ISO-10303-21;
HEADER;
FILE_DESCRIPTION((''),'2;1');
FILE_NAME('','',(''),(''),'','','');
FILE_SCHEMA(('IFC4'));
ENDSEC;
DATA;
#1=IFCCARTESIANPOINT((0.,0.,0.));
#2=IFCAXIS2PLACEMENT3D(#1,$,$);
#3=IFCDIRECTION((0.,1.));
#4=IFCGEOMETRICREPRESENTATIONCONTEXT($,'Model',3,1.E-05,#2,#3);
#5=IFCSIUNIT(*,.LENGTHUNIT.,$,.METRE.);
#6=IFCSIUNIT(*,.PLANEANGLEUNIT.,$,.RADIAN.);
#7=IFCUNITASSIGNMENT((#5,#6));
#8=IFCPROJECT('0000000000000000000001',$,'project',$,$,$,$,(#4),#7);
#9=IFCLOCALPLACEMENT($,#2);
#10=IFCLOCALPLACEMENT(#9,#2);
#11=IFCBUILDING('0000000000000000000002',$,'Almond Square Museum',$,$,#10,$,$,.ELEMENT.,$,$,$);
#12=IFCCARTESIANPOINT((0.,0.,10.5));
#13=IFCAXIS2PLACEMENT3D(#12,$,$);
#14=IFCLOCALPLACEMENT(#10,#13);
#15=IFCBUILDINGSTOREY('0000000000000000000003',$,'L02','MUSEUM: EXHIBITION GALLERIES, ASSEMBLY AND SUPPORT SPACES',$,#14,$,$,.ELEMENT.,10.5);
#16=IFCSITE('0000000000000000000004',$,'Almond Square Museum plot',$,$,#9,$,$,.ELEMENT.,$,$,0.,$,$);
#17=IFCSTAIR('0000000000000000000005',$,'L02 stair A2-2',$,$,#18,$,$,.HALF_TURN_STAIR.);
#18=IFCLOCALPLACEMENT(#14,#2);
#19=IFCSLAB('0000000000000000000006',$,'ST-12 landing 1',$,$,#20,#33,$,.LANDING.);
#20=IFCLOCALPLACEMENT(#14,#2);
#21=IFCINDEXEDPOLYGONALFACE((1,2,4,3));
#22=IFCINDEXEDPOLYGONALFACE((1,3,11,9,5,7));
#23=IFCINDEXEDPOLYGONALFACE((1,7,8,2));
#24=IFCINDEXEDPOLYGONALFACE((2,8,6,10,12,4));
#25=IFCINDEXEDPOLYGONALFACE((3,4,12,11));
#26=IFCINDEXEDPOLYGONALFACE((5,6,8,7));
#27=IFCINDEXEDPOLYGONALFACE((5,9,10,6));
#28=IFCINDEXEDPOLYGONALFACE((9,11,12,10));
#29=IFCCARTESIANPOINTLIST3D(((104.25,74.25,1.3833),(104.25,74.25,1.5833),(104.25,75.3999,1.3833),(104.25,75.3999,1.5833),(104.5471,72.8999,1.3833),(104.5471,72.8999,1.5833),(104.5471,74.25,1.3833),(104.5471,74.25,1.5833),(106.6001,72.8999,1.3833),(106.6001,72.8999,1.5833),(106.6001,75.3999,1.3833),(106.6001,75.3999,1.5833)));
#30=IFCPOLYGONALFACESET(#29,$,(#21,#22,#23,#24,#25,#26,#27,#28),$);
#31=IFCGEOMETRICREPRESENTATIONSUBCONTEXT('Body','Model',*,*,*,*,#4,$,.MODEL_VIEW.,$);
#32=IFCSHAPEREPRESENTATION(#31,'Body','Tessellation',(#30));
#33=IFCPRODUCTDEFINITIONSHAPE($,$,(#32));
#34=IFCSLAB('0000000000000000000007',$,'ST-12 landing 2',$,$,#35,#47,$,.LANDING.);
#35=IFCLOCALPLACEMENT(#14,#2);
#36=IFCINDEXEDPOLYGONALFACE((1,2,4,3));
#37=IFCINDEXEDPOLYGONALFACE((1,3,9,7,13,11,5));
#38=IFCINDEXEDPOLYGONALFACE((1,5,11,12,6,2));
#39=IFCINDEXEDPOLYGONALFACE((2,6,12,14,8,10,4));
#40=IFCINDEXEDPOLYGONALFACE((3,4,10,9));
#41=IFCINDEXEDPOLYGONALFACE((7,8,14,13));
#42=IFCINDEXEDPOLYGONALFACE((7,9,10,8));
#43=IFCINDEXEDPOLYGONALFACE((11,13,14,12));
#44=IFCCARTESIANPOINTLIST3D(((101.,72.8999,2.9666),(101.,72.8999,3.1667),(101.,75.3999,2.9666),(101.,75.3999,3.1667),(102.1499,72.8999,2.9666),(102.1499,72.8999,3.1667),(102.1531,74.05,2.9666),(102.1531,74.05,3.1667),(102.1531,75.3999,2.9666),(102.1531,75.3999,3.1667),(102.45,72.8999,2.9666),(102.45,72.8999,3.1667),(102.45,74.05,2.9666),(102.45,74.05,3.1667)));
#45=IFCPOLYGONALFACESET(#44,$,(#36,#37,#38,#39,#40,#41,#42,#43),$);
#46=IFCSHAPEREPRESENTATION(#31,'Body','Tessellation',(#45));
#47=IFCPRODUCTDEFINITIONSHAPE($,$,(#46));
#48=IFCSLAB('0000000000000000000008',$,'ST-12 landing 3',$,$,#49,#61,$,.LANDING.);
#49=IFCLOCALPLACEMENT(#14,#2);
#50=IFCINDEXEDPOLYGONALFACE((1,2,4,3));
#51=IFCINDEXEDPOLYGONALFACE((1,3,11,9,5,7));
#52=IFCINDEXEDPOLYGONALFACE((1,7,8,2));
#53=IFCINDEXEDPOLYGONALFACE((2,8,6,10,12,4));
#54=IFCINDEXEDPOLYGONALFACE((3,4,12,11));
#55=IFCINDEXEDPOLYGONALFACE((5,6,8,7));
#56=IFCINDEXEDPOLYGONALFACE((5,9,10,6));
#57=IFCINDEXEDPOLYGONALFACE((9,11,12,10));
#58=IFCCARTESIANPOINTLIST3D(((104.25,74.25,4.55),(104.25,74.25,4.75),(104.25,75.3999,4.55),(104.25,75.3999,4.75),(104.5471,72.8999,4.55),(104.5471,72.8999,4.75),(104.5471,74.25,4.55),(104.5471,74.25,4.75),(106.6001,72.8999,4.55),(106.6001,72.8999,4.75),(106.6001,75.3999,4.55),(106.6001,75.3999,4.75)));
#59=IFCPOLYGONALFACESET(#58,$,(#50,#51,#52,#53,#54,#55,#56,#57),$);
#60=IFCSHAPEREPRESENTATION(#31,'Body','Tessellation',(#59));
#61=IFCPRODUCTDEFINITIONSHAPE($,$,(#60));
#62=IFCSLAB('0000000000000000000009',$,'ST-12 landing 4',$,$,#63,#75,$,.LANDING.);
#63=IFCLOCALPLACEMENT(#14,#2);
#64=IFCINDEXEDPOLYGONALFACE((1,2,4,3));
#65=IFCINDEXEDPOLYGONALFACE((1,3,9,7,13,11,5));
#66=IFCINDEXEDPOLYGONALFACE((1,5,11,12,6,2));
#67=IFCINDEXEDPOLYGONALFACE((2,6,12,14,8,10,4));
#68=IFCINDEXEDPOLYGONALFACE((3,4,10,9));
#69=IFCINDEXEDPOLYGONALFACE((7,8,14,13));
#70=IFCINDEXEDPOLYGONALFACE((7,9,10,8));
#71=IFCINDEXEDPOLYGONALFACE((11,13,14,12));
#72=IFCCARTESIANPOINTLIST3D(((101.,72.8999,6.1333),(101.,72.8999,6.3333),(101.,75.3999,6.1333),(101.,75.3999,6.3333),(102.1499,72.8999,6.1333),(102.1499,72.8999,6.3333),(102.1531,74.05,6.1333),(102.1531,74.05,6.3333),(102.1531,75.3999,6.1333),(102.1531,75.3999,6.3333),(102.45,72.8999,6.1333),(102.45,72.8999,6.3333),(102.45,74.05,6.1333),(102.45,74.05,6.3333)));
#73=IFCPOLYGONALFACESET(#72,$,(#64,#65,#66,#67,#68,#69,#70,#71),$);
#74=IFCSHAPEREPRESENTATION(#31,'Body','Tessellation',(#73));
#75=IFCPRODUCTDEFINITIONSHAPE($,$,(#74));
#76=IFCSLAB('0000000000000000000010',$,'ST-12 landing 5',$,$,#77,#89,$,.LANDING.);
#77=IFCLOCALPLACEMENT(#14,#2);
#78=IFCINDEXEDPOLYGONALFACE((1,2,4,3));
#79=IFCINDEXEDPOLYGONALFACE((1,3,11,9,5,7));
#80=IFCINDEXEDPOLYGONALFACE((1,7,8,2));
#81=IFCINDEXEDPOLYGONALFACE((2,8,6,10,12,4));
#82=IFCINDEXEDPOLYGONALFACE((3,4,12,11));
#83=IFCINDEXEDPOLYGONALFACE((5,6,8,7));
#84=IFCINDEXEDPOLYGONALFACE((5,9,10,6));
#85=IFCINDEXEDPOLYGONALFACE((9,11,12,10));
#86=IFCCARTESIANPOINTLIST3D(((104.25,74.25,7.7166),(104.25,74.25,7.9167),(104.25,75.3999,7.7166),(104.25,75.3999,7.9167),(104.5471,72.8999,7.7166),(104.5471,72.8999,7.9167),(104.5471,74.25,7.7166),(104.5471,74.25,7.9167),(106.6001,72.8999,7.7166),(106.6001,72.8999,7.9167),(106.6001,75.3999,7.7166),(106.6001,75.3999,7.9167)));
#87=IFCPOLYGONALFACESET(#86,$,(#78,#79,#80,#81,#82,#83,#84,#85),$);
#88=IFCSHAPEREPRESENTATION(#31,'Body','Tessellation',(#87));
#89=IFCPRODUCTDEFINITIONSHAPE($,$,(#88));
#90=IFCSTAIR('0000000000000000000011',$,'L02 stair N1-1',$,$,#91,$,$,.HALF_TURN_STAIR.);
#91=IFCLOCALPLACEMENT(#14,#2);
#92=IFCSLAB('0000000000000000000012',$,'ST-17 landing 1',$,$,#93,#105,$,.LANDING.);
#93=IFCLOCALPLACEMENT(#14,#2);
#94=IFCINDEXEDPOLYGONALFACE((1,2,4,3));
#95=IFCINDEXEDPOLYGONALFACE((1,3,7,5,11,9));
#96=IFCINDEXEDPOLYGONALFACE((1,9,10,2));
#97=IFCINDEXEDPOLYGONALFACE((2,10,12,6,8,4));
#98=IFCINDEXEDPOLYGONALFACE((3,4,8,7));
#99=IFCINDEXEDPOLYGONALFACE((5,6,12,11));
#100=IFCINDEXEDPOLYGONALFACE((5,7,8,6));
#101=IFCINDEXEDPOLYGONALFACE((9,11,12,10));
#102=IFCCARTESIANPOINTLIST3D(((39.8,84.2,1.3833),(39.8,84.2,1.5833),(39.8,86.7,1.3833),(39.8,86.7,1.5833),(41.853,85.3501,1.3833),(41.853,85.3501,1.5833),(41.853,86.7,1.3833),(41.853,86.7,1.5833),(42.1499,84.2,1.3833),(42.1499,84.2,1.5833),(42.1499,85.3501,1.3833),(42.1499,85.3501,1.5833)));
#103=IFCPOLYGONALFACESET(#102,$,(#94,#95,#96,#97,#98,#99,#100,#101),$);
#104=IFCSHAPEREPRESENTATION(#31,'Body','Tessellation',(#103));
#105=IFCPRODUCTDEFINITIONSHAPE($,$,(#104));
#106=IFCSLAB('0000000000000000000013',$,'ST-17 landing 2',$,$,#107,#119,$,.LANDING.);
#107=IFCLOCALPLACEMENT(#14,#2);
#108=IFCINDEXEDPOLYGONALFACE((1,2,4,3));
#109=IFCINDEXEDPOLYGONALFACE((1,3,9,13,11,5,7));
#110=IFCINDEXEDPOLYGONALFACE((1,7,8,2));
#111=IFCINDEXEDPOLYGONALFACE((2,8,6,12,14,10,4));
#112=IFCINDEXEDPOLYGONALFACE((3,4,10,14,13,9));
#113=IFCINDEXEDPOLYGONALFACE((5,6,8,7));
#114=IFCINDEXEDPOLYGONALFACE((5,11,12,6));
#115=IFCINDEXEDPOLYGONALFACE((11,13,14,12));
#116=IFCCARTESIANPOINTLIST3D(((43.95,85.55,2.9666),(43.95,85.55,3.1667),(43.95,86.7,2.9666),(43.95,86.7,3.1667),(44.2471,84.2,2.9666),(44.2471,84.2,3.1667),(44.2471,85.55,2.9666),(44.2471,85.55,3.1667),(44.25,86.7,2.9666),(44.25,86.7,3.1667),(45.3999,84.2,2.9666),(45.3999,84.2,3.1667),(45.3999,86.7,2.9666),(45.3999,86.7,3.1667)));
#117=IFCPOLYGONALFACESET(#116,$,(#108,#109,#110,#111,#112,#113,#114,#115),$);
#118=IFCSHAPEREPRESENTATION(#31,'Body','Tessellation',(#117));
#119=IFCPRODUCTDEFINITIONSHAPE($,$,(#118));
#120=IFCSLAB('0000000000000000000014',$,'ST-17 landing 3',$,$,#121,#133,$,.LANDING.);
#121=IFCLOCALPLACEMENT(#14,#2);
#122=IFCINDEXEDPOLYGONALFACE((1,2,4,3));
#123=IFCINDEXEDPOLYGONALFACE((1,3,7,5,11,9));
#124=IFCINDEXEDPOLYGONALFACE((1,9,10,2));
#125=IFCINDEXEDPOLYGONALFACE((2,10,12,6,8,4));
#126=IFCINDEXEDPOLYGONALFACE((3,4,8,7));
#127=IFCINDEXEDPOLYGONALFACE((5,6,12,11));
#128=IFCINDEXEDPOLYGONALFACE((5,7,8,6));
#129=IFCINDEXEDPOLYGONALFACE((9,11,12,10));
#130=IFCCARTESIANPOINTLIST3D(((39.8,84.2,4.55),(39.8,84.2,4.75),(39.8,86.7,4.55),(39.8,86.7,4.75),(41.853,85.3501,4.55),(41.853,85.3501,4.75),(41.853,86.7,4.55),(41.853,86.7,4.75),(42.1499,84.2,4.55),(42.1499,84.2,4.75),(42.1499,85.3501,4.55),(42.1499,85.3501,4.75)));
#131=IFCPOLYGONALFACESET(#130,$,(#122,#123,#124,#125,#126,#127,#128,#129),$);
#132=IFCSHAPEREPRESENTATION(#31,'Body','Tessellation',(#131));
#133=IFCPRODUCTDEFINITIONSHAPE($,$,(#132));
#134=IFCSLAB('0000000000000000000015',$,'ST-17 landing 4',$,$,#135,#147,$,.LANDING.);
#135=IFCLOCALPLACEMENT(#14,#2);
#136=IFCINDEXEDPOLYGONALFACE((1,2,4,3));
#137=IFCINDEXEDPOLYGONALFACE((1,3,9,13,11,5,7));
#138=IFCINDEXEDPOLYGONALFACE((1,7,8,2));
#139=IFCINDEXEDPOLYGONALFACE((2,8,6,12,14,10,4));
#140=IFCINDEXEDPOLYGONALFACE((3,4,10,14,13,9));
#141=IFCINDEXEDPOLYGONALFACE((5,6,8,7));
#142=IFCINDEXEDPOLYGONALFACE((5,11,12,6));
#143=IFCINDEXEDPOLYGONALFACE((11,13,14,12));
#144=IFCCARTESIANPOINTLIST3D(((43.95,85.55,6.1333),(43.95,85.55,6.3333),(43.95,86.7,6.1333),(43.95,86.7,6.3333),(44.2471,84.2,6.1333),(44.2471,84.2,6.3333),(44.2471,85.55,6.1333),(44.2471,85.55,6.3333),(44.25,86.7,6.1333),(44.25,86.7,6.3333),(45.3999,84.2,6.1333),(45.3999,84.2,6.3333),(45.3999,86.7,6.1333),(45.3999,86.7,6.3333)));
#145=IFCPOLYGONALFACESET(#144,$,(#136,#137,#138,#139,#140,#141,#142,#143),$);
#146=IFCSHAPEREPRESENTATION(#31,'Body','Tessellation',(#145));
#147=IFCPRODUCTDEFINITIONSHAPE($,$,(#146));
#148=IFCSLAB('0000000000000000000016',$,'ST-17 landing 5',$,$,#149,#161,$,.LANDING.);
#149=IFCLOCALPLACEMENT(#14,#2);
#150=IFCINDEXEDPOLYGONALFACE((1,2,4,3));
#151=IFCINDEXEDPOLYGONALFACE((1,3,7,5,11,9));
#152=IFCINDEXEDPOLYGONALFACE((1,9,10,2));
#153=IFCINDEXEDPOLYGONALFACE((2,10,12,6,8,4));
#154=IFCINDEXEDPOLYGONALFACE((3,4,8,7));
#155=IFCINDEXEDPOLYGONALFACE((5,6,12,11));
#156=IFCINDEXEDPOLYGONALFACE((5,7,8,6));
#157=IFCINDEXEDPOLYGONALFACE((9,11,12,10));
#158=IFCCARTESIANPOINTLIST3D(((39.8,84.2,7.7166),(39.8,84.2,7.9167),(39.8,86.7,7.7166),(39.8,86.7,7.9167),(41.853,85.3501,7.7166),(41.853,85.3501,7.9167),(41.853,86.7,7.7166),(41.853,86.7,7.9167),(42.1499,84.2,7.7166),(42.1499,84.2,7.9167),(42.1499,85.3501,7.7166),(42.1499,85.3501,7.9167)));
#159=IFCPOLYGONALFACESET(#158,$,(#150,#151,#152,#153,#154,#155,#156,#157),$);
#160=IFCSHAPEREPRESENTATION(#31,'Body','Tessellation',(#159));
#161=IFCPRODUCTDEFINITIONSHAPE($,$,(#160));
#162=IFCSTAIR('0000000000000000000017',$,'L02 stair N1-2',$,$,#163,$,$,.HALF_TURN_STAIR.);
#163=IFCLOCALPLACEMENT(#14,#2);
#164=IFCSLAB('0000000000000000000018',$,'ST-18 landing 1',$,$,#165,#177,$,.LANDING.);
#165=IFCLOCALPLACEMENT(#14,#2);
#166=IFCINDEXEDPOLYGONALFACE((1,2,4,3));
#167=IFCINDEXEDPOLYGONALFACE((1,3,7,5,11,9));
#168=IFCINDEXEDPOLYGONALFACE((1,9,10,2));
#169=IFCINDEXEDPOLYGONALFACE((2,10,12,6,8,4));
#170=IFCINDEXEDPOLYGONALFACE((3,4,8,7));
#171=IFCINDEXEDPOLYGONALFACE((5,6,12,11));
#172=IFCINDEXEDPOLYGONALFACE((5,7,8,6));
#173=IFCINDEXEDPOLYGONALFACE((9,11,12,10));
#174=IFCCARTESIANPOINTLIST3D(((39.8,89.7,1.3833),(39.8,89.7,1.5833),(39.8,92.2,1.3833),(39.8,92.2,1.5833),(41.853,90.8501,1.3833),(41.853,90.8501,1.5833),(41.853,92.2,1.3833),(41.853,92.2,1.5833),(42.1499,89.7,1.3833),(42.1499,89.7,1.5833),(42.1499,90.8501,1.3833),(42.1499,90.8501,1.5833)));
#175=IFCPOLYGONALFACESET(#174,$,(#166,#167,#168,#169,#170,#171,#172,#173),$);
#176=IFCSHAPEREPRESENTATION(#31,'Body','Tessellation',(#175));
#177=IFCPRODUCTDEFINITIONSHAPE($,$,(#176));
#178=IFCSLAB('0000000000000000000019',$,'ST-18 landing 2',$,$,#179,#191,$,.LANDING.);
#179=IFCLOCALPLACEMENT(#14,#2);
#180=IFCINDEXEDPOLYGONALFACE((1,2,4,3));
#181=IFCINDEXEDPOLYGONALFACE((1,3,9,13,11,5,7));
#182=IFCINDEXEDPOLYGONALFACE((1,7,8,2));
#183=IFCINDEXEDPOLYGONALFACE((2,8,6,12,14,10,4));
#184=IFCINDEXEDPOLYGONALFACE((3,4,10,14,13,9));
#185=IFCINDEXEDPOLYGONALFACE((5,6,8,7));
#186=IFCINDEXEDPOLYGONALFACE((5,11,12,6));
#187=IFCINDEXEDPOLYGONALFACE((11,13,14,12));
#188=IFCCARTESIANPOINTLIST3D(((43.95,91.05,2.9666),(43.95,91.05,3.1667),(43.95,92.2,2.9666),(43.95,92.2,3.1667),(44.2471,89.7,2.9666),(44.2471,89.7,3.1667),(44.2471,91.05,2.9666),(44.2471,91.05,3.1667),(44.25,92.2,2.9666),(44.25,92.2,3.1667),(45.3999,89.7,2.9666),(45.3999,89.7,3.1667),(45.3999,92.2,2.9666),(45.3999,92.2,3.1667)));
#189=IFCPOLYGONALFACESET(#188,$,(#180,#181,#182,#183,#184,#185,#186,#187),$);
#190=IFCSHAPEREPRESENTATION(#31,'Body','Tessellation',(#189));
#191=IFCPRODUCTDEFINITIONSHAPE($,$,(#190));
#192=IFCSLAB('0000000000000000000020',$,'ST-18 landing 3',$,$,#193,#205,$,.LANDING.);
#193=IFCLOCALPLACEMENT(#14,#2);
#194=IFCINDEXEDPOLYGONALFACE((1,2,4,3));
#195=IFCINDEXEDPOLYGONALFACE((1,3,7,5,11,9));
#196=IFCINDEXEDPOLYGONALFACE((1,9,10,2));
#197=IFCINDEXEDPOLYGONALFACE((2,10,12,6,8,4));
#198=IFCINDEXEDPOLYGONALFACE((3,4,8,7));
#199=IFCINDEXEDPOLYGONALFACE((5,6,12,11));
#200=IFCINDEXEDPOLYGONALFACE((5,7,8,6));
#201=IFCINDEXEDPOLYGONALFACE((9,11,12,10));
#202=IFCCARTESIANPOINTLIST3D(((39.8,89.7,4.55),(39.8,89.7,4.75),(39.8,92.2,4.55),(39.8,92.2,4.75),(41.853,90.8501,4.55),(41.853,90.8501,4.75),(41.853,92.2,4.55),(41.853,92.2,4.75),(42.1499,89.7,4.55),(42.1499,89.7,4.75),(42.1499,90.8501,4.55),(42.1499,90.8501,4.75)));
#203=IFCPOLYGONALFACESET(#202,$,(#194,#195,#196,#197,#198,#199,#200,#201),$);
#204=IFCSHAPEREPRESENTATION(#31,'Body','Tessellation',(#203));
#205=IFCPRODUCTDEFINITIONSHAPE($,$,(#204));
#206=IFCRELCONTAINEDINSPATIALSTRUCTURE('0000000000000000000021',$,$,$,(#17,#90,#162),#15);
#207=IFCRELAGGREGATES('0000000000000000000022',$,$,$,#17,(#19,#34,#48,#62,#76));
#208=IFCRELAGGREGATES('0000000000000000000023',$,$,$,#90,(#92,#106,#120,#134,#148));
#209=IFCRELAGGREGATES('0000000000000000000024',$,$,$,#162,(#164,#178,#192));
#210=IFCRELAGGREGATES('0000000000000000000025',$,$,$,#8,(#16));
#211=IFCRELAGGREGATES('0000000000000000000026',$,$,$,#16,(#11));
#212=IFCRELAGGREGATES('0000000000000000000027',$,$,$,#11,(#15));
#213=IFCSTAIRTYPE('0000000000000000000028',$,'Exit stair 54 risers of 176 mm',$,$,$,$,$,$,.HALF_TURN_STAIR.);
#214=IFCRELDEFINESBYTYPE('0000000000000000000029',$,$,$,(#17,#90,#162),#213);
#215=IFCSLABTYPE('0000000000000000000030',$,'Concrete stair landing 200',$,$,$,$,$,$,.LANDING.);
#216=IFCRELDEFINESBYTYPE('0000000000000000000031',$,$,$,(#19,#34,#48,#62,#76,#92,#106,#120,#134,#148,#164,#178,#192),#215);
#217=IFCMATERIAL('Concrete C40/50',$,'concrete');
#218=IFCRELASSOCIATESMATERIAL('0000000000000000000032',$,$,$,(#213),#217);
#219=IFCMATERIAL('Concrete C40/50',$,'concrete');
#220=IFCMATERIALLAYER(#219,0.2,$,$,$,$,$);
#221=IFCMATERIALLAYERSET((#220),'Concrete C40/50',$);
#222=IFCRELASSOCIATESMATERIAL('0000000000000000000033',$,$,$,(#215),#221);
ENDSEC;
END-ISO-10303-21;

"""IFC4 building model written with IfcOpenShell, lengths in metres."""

from ifc_helpers import new_model, si_unit, direction, frame, origin, place, context, subcontext, project, spatial, polyline, outline, extrude, material, layer, layer_set, type_object, element, aggregate, save


model = new_model("IFC4")

# Units and contexts
model_context = context("Model", 3, precision=1e-05, world=origin(), true_north=direction((0.0, 1.0)))
body_context = subcontext(model_context, "Body", "Model", "MODEL_VIEW")
ifc_project = project(units=[si_unit("LENGTHUNIT", "METRE"), si_unit("PLANEANGLEUNIT", "RADIAN")], contexts=[model_context])

# Site, building, storey
site_placement = place(None, origin())
site = spatial("IfcSite", under=ifc_project, at=site_placement, Name="Almond Square Museum plot", CompositionType="ELEMENT", RefElevation=0.0)
building_placement = place(site_placement, origin())
building = spatial("IfcBuilding", under=site, at=building_placement, Name="Almond Square Museum", CompositionType="ELEMENT")
storey_placement = place(building_placement, frame((0.0, 0.0, 10.5)))
storey = spatial("IfcBuildingStorey", under=building, at=storey_placement, Name="L02", Description="MUSEUM: EXHIBITION GALLERIES, ASSEMBLY AND SUPPORT SPACES", CompositionType="ELEMENT", Elevation=10.5)

# Stairs, slabs
ifc_material_1 = material(Name="Concrete C40/50", Category="concrete")
stair_type = type_object("IfcStairType", Name="Exit stair 54 risers of 176 mm", PredefinedType="HALF_TURN_STAIR", material=ifc_material_1)
stair_1_placement = place(storey_placement, origin())
stair_1 = element("IfcStair", 1, at=stair_1_placement, inside=storey, type_object=stair_type, Name="L02 stair A2-2", PredefinedType="HALF_TURN_STAIR")
ifc_material_2 = material(Name="Concrete C40/50", Category="concrete")
ifc_layer = layer(ifc_material_2, 0.2)
ifc_layer_set = layer_set([ifc_layer], Name="Concrete C40/50")
slab_type = type_object("IfcSlabType", Name="Concrete stair landing 200", PredefinedType="LANDING", material=ifc_layer_set)
slab_1_placement = place(storey_placement, frame((0.0, 0.0, 1.3833)))
slab_1 = element("IfcSlab", 2, at=slab_1_placement, type_object=slab_type, Name="ST-12 landing 1", PredefinedType="LANDING", context=body_context, shape_type="SweptSolid", body=[
    extrude(outline(polyline([(104.5471, 72.8999), (106.6001, 72.8999), (106.6001, 75.3999), (104.25, 75.3999), (104.25, 74.25), (104.5471, 74.25), (104.5471, 72.8999)])), origin(), (0.0, 0.0, 1.0), 0.2),
])
slab_2_placement = place(storey_placement, frame((0.0, 0.0, 2.9666)))
slab_2 = element("IfcSlab", 3, at=slab_2_placement, type_object=slab_type, Name="ST-12 landing 2", PredefinedType="LANDING", context=body_context, shape_type="SweptSolid", body=[
    extrude(outline(polyline([(101.0, 72.8999), (102.1499, 72.8999), (102.45, 72.8999), (102.45, 74.05), (102.1531, 74.05), (102.1531, 75.3999), (101.0, 75.3999), (101.0, 72.8999)])), origin(), (0.0, 0.0, 1.0), 0.2002),
])
slab_3_placement = place(storey_placement, frame((0.0, 0.0, 4.55)))
slab_3 = element("IfcSlab", 4, at=slab_3_placement, type_object=slab_type, Name="ST-12 landing 3", PredefinedType="LANDING", context=body_context, shape_type="SweptSolid", body=[
    extrude(outline(polyline([(104.5471, 72.8999), (106.6001, 72.8999), (106.6001, 75.3999), (104.25, 75.3999), (104.25, 74.25), (104.5471, 74.25), (104.5471, 72.8999)])), origin(), (0.0, 0.0, 1.0), 0.2),
])
slab_4_placement = place(storey_placement, frame((0.0, 0.0, 6.1333)))
slab_4 = element("IfcSlab", 5, at=slab_4_placement, type_object=slab_type, Name="ST-12 landing 4", PredefinedType="LANDING", context=body_context, shape_type="SweptSolid", body=[
    extrude(outline(polyline([(101.0, 72.8999), (102.1499, 72.8999), (102.45, 72.8999), (102.45, 74.05), (102.1531, 74.05), (102.1531, 75.3999), (101.0, 75.3999), (101.0, 72.8999)])), origin(), (0.0, 0.0, 1.0), 0.2),
])
slab_5_placement = place(storey_placement, frame((0.0, 0.0, 7.7166)))
slab_5 = element("IfcSlab", 6, at=slab_5_placement, type_object=slab_type, Name="ST-12 landing 5", PredefinedType="LANDING", context=body_context, shape_type="SweptSolid", body=[
    extrude(outline(polyline([(104.5471, 72.8999), (106.6001, 72.8999), (106.6001, 75.3999), (104.25, 75.3999), (104.25, 74.25), (104.5471, 74.25), (104.5471, 72.8999)])), origin(), (0.0, 0.0, 1.0), 0.2002),
])
aggregate(stair_1, [slab_1, slab_2, slab_3, slab_4, slab_5])
stair_2_placement = place(storey_placement, origin())
stair_2 = element("IfcStair", 7, at=stair_2_placement, inside=storey, type_object=stair_type, Name="L02 stair N1-1", PredefinedType="HALF_TURN_STAIR")
slab_6_placement = place(storey_placement, frame((0.0, 0.0, 1.3833)))
slab_6 = element("IfcSlab", 8, at=slab_6_placement, type_object=slab_type, Name="ST-17 landing 1", PredefinedType="LANDING", context=body_context, shape_type="SweptSolid", body=[
    extrude(outline(polyline([(41.853, 86.7), (39.8, 86.7), (39.8, 84.2), (42.1499, 84.2), (42.1499, 85.3501), (41.853, 85.3501), (41.853, 86.7)])), origin(), (0.0, 0.0, 1.0), 0.2),
])
slab_7_placement = place(storey_placement, frame((0.0, 0.0, 2.9666)))
slab_7 = element("IfcSlab", 9, at=slab_7_placement, type_object=slab_type, Name="ST-17 landing 2", PredefinedType="LANDING", context=body_context, shape_type="SweptSolid", body=[
    extrude(outline(polyline([(45.3999, 86.7), (44.25, 86.7), (43.95, 86.7), (43.95, 85.55), (44.2471, 85.55), (44.2471, 84.2), (45.3999, 84.2), (45.3999, 86.7)])), origin(), (0.0, 0.0, 1.0), 0.2002),
])
slab_8_placement = place(storey_placement, frame((0.0, 0.0, 4.55)))
slab_8 = element("IfcSlab", 10, at=slab_8_placement, type_object=slab_type, Name="ST-17 landing 3", PredefinedType="LANDING", context=body_context, shape_type="SweptSolid", body=[
    extrude(outline(polyline([(41.853, 86.7), (39.8, 86.7), (39.8, 84.2), (42.1499, 84.2), (42.1499, 85.3501), (41.853, 85.3501), (41.853, 86.7)])), origin(), (0.0, 0.0, 1.0), 0.2),
])
slab_9_placement = place(storey_placement, frame((0.0, 0.0, 6.1333)))
slab_9 = element("IfcSlab", 11, at=slab_9_placement, type_object=slab_type, Name="ST-17 landing 4", PredefinedType="LANDING", context=body_context, shape_type="SweptSolid", body=[
    extrude(outline(polyline([(45.3999, 86.7), (44.25, 86.7), (43.95, 86.7), (43.95, 85.55), (44.2471, 85.55), (44.2471, 84.2), (45.3999, 84.2), (45.3999, 86.7)])), origin(), (0.0, 0.0, 1.0), 0.2),
])
slab_10_placement = place(storey_placement, frame((0.0, 0.0, 7.7166)))
slab_10 = element("IfcSlab", 12, at=slab_10_placement, type_object=slab_type, Name="ST-17 landing 5", PredefinedType="LANDING", context=body_context, shape_type="SweptSolid", body=[
    extrude(outline(polyline([(41.853, 86.7), (39.8, 86.7), (39.8, 84.2), (42.1499, 84.2), (42.1499, 85.3501), (41.853, 85.3501), (41.853, 86.7)])), origin(), (0.0, 0.0, 1.0), 0.2002),
])
aggregate(stair_2, [slab_6, slab_7, slab_8, slab_9, slab_10])
stair_3_placement = place(storey_placement, origin())
stair_3 = element("IfcStair", 13, at=stair_3_placement, inside=storey, type_object=stair_type, Name="L02 stair N1-2", PredefinedType="HALF_TURN_STAIR")
slab_11_placement = place(storey_placement, frame((0.0, 0.0, 1.3833)))
slab_11 = element("IfcSlab", 14, at=slab_11_placement, type_object=slab_type, Name="ST-18 landing 1", PredefinedType="LANDING", context=body_context, shape_type="SweptSolid", body=[
    extrude(outline(polyline([(41.853, 92.2), (39.8, 92.2), (39.8, 89.7), (42.1499, 89.7), (42.1499, 90.8501), (41.853, 90.8501), (41.853, 92.2)])), origin(), (0.0, 0.0, 1.0), 0.2),
])
slab_12_placement = place(storey_placement, frame((0.0, 0.0, 2.9666)))
slab_12 = element("IfcSlab", 15, at=slab_12_placement, type_object=slab_type, Name="ST-18 landing 2", PredefinedType="LANDING", context=body_context, shape_type="SweptSolid", body=[
    extrude(outline(polyline([(45.3999, 92.2), (44.25, 92.2), (43.95, 92.2), (43.95, 91.05), (44.2471, 91.05), (44.2471, 89.7), (45.3999, 89.7), (45.3999, 92.2)])), origin(), (0.0, 0.0, 1.0), 0.2002),
])
slab_13_placement = place(storey_placement, frame((0.0, 0.0, 4.55)))
slab_13 = element("IfcSlab", 16, at=slab_13_placement, type_object=slab_type, Name="ST-18 landing 3", PredefinedType="LANDING", context=body_context, shape_type="SweptSolid", body=[
    extrude(outline(polyline([(41.853, 92.2), (39.8, 92.2), (39.8, 89.7), (42.1499, 89.7), (42.1499, 90.8501), (41.853, 90.8501), (41.853, 92.2)])), origin(), (0.0, 0.0, 1.0), 0.2),
])
aggregate(stair_3, [slab_11, slab_12, slab_13])

save(model, "model.ifc")
